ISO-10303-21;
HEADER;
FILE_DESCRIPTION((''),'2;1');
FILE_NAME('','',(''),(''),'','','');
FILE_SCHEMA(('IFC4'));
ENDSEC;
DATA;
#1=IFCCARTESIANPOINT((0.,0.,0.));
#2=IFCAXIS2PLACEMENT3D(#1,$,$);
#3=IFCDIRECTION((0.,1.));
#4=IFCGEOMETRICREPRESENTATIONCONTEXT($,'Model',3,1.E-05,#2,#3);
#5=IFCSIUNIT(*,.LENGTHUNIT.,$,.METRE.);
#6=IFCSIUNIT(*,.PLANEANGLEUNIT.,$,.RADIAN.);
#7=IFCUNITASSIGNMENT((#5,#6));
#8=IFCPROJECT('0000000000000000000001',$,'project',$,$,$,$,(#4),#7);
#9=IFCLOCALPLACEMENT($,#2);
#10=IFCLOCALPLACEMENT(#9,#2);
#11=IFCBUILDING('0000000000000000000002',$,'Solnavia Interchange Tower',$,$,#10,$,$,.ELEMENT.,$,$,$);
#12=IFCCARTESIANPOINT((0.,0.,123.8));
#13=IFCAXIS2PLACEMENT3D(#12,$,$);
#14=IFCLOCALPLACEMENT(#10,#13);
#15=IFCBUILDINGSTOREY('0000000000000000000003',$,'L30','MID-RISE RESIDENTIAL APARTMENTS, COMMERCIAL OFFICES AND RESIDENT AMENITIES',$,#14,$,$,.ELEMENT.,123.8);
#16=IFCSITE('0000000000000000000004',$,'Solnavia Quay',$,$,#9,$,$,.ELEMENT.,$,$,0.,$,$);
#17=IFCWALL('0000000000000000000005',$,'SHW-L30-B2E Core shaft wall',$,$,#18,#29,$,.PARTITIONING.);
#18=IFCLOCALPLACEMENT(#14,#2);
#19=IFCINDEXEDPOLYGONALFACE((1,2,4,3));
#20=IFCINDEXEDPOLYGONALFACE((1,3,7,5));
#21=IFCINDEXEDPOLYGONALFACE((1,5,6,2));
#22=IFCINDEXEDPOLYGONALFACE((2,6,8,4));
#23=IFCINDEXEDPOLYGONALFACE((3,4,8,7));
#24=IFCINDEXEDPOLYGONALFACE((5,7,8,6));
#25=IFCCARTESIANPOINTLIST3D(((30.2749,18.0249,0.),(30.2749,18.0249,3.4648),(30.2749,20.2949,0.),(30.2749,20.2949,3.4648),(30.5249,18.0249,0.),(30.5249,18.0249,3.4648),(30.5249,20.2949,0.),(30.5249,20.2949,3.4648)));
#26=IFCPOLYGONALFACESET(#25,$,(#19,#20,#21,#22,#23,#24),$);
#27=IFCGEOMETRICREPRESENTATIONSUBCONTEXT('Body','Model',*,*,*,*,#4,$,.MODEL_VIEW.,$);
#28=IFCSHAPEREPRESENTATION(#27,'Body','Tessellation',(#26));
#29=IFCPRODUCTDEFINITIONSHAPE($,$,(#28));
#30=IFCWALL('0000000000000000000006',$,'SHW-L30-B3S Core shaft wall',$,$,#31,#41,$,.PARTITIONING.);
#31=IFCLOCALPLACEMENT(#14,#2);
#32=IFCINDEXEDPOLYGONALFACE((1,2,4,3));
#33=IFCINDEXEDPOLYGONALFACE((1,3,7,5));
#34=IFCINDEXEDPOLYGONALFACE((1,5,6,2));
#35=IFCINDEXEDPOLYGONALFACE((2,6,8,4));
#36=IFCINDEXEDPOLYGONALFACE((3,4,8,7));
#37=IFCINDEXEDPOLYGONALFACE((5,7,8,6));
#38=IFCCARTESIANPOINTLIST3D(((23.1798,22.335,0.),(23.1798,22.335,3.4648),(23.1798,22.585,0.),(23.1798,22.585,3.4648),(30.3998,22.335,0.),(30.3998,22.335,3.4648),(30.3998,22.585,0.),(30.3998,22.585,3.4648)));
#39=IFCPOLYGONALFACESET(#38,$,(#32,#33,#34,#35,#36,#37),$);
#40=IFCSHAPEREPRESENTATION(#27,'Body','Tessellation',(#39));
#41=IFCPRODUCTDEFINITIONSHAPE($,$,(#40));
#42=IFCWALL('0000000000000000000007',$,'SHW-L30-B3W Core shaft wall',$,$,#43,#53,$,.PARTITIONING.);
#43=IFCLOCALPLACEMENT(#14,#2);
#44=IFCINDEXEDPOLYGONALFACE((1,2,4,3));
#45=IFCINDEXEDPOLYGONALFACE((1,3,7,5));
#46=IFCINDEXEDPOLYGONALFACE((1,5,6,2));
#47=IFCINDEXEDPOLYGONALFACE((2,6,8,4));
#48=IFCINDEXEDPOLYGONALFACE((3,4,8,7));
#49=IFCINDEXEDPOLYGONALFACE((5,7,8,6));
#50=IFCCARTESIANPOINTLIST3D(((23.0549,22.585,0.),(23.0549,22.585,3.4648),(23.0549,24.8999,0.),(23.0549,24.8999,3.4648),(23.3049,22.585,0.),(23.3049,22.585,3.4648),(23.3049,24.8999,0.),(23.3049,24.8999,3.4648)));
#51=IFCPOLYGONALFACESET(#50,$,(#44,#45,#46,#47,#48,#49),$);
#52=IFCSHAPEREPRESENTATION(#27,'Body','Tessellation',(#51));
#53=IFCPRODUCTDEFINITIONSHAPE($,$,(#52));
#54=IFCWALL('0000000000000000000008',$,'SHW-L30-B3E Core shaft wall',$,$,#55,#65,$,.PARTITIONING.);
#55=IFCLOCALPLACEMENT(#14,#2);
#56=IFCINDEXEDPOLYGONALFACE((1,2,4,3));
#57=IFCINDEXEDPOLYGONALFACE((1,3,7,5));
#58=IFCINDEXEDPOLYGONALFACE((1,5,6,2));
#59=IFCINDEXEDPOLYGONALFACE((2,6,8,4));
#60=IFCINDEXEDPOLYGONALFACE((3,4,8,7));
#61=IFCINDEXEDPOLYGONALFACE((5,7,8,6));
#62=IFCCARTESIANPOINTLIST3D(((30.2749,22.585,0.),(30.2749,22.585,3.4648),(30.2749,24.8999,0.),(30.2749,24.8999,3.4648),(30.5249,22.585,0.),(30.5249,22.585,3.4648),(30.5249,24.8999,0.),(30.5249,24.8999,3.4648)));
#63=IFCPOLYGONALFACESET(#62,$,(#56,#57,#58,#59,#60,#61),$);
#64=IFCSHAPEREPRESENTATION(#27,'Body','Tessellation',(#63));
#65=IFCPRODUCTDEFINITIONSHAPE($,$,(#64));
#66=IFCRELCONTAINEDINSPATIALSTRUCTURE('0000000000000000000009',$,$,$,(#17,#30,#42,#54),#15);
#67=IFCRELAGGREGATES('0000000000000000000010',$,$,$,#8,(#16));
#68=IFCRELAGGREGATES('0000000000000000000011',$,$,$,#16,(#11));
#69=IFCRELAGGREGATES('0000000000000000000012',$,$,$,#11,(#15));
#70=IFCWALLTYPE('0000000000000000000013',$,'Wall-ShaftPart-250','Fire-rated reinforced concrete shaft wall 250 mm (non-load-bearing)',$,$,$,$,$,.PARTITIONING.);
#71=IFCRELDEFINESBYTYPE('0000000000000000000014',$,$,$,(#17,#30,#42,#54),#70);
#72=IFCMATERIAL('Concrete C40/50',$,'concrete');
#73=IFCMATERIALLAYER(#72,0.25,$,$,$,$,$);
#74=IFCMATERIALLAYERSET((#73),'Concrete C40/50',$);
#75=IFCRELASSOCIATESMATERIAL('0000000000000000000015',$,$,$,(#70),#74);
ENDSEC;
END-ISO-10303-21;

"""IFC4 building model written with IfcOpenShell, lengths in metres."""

from ifc_helpers import new_model, si_unit, direction, frame, frame_2d, origin, place, context, subcontext, project, spatial, rectangle, extrude, material, layer, layer_set, type_object, element, save


model = new_model("IFC4")

# Units and contexts
model_context = context("Model", 3, precision=1e-05, world=origin(), true_north=direction((0.0, 1.0)))
body_context = subcontext(model_context, "Body", "Model", "MODEL_VIEW")
ifc_project = project(units=[si_unit("LENGTHUNIT", "METRE"), si_unit("PLANEANGLEUNIT", "RADIAN")], contexts=[model_context])

# Site, building, storey
site_placement = place(None, origin())
site = spatial("IfcSite", under=ifc_project, at=site_placement, Name="Solnavia Quay", CompositionType="ELEMENT", RefElevation=0.0)
building_placement = place(site_placement, origin())
building = spatial("IfcBuilding", under=site, at=building_placement, Name="Solnavia Interchange Tower", CompositionType="ELEMENT")
storey_placement = place(building_placement, frame((0.0, 0.0, 123.8)))
storey = spatial("IfcBuildingStorey", under=building, at=storey_placement, Name="L30", Description="MID-RISE RESIDENTIAL APARTMENTS, COMMERCIAL OFFICES AND RESIDENT AMENITIES", CompositionType="ELEMENT", Elevation=123.8)

# Shared definitions
ifc_material_1 = material(Name="Concrete C40/50", Category="concrete")

# Shared definitions
ifc_layer_1 = layer(ifc_material_1, 0.25)
ifc_layer_set_1 = layer_set([ifc_layer_1], Name="Concrete C40/50")
wall_type_1 = type_object("IfcWallType", Name="Wall-ShaftPart-250", Description="Fire-rated reinforced concrete shaft wall 250 mm (non-load-bearing)", PredefinedType="PARTITIONING", material=ifc_layer_set_1)

# Walls
wall_1_placement = place(storey_placement, frame((30.3999, 18.0249, 0.0), z_axis=(0.0, 0.0, 1.0), x_axis=(0.0, 1.0, 0.0)))
element("IfcWall", 1, at=wall_1_placement, inside=storey, type_object=wall_type_1, Name="SHW-L30-B2E Core shaft wall", PredefinedType="PARTITIONING", context=body_context, shape_type="SweptSolid", body=[
    extrude(rectangle(XDim=2.27, YDim=0.25, at=frame_2d((1.135, 0.0))), origin(), (0.0, 0.0, 1.0), 3.4648),
])
wall_2_placement = place(storey_placement, frame((23.1799, 22.46, 0.0), z_axis=(0.0, 0.0, 1.0), x_axis=(1.0, 0.0, 0.0)))
element("IfcWall", 2, at=wall_2_placement, inside=storey, type_object=wall_type_1, Name="SHW-L30-B3S Core shaft wall", PredefinedType="PARTITIONING", context=body_context, shape_type="SweptSolid", body=[
    extrude(rectangle(XDim=7.22, YDim=0.25, at=frame_2d((3.6099, 0.0))), origin(), (0.0, 0.0, 1.0), 3.4648),
])
for number, where, z_axis, x_axis, name in (
    (3, (23.1799, 22.585, 0.0), (0.0, 0.0, 1.0), (0.0, 1.0, 0.0), "SHW-L30-B3W Core shaft wall"),
    (4, (30.3999, 22.585, 0.0), (0.0, 0.0, 1.0), (0.0, 1.0, 0.0), "SHW-L30-B3E Core shaft wall"),
):
    element("IfcWall", number, at=place(storey_placement, frame(where, z_axis=z_axis, x_axis=x_axis)), inside=storey, type_object=wall_type_1, Name=name, PredefinedType="PARTITIONING", context=body_context, shape_type="SweptSolid", body=[
        extrude(rectangle(XDim=2.3149, YDim=0.25, at=frame_2d((1.1575, 0.0))), origin(), (0.0, 0.0, 1.0), 3.4648),
    ])

save(model, "model.ifc")
